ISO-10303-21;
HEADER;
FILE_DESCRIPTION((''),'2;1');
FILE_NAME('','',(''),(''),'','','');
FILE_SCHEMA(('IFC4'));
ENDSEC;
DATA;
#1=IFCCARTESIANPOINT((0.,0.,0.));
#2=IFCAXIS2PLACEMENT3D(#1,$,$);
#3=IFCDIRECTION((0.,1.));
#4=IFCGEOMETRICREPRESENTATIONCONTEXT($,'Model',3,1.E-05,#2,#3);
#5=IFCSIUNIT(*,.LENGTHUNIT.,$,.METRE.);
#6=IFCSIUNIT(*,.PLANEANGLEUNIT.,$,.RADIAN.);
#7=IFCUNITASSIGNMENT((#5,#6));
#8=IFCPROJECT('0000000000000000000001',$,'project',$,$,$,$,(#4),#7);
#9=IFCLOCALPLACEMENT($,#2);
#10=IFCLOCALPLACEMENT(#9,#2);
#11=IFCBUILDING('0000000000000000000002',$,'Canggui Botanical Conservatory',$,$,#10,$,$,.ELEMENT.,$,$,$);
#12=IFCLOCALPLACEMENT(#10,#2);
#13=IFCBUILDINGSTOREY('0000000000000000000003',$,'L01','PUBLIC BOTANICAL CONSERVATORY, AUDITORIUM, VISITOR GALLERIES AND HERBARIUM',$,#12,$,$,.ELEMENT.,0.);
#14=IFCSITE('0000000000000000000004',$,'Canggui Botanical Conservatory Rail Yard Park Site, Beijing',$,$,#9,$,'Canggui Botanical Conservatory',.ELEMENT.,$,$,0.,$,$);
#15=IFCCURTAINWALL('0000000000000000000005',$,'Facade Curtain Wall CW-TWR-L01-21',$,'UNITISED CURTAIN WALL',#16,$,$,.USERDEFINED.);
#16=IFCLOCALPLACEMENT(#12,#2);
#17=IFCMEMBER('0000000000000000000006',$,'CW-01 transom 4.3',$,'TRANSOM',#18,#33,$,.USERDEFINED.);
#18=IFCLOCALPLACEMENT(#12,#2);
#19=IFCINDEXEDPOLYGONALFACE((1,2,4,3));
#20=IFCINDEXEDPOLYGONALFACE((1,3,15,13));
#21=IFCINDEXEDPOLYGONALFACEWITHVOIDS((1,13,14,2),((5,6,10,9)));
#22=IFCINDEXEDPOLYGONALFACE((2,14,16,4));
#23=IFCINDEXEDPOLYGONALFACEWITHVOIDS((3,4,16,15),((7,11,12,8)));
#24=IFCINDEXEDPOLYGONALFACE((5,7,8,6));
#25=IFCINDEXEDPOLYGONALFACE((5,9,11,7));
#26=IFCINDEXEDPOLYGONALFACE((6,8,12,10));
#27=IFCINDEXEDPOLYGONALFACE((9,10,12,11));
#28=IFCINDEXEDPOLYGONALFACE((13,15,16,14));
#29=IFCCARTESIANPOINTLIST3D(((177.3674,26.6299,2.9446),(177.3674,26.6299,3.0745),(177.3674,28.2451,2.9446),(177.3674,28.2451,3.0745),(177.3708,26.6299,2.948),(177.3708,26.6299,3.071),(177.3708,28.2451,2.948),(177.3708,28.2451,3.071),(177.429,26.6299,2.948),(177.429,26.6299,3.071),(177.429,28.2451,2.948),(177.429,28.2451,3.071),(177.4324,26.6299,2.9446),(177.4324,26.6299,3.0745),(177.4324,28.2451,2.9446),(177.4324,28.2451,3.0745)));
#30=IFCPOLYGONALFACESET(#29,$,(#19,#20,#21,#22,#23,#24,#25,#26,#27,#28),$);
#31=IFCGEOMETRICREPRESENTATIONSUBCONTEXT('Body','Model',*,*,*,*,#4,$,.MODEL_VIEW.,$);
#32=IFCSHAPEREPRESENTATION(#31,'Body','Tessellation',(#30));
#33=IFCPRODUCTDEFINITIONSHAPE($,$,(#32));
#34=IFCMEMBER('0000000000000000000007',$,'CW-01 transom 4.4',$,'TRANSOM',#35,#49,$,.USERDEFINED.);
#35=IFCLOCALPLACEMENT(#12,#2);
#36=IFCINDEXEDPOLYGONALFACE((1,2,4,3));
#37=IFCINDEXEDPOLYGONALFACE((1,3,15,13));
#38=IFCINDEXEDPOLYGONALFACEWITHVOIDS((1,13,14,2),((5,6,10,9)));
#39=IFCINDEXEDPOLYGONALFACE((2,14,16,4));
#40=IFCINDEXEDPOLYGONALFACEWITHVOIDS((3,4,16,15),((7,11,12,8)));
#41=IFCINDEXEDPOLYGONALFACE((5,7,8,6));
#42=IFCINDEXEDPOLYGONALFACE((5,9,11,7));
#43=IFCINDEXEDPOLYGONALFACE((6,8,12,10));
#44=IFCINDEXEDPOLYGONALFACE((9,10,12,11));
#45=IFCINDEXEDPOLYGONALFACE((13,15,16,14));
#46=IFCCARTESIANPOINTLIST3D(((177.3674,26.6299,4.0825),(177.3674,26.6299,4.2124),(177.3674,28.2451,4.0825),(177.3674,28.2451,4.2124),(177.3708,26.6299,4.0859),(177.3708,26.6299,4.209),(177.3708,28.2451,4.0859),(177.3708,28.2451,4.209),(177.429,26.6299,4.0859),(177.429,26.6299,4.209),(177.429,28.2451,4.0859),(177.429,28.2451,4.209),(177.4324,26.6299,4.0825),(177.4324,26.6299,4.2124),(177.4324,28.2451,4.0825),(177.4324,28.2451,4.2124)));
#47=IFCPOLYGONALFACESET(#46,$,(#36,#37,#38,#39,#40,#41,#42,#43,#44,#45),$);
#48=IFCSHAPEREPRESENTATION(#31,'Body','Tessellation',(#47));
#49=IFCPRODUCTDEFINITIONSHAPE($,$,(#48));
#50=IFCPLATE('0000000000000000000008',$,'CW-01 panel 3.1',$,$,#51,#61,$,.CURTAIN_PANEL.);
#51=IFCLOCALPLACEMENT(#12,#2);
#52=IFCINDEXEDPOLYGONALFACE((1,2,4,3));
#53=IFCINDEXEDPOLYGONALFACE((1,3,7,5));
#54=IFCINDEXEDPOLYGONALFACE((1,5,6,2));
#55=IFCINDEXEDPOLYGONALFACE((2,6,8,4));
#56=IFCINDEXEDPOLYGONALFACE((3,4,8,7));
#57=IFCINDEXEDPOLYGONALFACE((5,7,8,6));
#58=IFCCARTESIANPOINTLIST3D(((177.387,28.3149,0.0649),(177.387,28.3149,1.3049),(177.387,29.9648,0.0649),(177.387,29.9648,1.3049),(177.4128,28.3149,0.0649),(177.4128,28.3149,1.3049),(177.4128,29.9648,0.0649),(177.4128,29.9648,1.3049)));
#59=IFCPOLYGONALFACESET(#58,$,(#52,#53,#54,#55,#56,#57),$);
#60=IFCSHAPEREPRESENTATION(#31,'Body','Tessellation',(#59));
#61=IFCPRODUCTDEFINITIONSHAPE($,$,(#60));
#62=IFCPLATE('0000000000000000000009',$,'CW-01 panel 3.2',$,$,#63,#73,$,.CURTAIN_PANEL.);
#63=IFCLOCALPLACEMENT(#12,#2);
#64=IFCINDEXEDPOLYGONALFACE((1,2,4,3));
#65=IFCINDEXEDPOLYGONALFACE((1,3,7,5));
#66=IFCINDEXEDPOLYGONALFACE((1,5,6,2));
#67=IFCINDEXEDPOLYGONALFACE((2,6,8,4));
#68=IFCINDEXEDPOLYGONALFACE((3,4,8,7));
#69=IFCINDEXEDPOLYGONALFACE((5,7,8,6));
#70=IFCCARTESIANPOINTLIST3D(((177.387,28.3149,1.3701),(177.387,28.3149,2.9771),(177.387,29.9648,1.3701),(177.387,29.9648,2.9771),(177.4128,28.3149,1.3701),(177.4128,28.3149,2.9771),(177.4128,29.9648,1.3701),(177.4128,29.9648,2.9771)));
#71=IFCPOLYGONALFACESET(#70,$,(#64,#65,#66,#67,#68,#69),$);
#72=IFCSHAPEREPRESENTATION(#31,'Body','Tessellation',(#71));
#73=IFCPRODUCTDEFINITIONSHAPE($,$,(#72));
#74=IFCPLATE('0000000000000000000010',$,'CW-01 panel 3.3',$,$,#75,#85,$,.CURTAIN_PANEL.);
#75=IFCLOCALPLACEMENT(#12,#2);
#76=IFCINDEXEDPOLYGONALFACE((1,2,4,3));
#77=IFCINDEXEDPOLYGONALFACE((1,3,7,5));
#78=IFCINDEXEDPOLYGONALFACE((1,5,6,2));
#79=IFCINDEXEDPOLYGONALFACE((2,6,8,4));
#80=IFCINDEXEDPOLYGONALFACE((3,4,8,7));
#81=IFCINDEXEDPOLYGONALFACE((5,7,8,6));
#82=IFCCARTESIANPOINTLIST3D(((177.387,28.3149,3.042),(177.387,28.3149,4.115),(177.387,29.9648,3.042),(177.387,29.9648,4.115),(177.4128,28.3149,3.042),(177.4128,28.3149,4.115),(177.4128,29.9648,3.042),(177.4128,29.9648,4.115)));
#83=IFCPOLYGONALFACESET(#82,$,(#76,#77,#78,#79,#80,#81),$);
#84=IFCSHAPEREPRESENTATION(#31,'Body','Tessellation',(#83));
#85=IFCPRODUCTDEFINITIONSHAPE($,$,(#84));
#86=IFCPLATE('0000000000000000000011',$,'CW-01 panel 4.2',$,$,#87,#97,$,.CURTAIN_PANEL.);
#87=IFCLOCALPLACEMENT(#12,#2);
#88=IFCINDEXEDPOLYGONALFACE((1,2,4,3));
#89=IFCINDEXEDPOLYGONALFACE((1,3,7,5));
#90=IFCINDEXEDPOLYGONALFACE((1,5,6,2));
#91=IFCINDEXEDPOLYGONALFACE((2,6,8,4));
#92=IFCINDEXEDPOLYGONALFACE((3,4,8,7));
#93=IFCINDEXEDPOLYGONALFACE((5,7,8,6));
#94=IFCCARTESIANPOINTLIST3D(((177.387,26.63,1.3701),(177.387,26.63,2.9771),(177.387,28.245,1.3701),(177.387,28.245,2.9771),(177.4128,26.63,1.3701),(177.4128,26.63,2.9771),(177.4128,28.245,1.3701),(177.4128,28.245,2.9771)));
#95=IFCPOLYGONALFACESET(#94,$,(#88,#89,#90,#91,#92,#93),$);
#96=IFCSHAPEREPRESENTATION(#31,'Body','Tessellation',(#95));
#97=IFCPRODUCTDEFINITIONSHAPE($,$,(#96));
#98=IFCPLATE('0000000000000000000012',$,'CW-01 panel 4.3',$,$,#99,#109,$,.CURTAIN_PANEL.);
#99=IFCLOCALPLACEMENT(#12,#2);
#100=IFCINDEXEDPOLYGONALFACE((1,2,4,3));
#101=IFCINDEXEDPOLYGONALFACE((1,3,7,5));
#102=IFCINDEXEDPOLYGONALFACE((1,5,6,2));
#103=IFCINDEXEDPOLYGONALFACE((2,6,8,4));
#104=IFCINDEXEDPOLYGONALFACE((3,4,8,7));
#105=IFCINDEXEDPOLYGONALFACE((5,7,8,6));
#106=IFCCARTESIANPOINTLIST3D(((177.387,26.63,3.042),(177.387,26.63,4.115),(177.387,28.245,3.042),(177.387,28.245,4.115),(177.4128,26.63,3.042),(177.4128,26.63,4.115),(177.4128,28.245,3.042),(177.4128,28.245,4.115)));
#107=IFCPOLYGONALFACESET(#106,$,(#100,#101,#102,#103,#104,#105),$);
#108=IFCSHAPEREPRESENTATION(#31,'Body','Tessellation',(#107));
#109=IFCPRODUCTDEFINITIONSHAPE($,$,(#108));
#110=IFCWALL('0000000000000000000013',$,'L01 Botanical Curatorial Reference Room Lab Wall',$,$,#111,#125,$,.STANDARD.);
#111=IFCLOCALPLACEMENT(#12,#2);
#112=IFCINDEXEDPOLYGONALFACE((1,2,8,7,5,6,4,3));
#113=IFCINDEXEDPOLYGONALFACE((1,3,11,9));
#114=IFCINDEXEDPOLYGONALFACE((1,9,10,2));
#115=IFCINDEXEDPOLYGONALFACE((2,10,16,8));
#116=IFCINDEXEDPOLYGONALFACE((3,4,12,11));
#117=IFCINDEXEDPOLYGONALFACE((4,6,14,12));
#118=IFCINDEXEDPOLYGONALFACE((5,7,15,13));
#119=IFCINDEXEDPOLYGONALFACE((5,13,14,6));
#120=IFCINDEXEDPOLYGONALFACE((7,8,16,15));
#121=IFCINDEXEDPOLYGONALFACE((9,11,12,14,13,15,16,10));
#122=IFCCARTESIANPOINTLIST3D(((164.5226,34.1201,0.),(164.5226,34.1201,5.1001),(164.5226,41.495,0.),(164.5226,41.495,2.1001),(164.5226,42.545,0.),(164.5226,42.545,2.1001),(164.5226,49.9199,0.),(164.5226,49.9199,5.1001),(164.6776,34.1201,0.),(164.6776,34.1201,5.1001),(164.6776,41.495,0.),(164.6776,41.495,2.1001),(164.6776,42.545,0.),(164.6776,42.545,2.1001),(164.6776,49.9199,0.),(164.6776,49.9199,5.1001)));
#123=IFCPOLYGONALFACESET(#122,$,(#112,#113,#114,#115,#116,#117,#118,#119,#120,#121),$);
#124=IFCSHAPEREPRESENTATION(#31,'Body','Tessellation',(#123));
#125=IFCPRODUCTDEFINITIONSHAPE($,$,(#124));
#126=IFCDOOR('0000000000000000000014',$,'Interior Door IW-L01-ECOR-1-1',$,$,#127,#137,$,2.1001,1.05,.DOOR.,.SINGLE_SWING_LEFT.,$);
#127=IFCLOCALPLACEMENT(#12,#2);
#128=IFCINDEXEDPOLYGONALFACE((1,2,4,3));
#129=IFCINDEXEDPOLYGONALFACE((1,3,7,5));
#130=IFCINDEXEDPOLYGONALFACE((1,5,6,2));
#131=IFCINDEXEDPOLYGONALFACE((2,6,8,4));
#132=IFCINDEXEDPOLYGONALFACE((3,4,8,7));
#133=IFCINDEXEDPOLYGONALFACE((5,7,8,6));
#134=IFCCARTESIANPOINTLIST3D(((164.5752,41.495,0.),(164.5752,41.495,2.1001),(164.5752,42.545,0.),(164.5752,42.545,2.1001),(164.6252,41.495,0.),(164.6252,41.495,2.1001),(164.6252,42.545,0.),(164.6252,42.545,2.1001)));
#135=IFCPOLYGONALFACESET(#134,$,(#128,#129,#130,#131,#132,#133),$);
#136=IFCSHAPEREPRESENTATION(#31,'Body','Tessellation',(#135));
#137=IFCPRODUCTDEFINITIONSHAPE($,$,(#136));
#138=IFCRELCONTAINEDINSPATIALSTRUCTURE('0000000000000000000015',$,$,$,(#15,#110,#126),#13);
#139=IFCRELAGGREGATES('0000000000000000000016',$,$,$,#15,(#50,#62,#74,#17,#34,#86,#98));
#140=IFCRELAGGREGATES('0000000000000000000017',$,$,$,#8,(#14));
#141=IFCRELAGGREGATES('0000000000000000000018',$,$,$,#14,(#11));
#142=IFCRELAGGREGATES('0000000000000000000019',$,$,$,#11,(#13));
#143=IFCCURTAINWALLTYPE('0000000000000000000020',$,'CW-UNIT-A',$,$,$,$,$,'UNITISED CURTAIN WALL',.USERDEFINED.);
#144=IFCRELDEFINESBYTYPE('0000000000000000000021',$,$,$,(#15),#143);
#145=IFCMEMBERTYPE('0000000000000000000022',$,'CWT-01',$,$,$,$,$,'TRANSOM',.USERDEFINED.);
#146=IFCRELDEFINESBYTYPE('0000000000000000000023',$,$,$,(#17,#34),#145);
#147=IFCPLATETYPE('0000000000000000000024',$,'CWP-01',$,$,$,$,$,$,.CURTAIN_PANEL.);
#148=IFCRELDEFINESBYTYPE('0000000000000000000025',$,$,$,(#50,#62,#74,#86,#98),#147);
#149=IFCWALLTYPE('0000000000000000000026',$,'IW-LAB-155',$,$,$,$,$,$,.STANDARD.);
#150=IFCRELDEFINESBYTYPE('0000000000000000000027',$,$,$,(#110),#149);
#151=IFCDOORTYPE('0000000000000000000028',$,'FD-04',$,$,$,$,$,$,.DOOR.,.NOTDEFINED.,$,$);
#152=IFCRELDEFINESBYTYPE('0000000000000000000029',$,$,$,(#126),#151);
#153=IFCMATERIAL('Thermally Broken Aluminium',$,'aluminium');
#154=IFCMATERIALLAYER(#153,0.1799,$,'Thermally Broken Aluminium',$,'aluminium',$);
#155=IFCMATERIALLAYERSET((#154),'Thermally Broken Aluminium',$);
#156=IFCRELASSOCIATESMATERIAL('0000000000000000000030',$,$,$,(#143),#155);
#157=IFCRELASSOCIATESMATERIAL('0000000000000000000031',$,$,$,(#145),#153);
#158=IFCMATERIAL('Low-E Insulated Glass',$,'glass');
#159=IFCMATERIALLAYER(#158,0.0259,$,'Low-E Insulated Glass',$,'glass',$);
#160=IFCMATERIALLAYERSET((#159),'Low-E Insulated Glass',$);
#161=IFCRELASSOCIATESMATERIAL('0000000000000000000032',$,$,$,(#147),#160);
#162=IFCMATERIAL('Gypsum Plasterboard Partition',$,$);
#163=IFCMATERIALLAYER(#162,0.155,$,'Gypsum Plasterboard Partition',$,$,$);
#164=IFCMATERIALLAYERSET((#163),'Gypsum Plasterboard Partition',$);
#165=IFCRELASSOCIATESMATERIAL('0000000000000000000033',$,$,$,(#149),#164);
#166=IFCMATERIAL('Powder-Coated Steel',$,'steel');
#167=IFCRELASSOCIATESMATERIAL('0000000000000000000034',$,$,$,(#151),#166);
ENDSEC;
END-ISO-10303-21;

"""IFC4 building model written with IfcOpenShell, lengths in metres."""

from ifc_helpers import new_model, si_unit, direction, frame, frame_2d, origin, origin_2d, place, context, subcontext, project, spatial, rectangle, hollow_rectangle, extrude, material, layer, layer_set, material_profile, profile_set, type_object, element, fill, aggregate, save


model = new_model("IFC4")

# Units and contexts
model_context = context("Model", 3, precision=1e-05, world=origin(), true_north=direction((0.0, 1.0)))
body_context = subcontext(model_context, "Body", "Model", "MODEL_VIEW")
ifc_project = project(units=[si_unit("LENGTHUNIT", "METRE"), si_unit("PLANEANGLEUNIT", "RADIAN")], contexts=[model_context])

# Site, building, storey
site_placement = place(None, origin())
site = spatial("IfcSite", under=ifc_project, at=site_placement, Name="Canggui Botanical Conservatory Rail Yard Park Site, Beijing", LongName="Canggui Botanical Conservatory", CompositionType="ELEMENT", RefElevation=0.0)
building_placement = place(site_placement, origin())
building = spatial("IfcBuilding", under=site, at=building_placement, Name="Canggui Botanical Conservatory", CompositionType="ELEMENT")
storey_placement = place(building_placement, origin())
storey = spatial("IfcBuildingStorey", under=building, at=storey_placement, Name="L01", Description="PUBLIC BOTANICAL CONSERVATORY, AUDITORIUM, VISITOR GALLERIES AND HERBARIUM", CompositionType="ELEMENT", Elevation=0.0)

# Curtain wall, members, plates
ifc_material_1 = material(Name="Thermally Broken Aluminium", Category="aluminium")
ifc_layer_1 = layer(ifc_material_1, 0.1799, Name="Thermally Broken Aluminium", Category="aluminium")
ifc_layer_set_1 = layer_set([ifc_layer_1], Name="Thermally Broken Aluminium")
curtain_wall_type = type_object("IfcCurtainWallType", Name="CW-UNIT-A", ElementType="UNITISED CURTAIN WALL", PredefinedType="USERDEFINED", material=ifc_layer_set_1)
curtain_wall_placement = place(storey_placement, origin())
curtain_wall = element("IfcCurtainWall", 1, at=curtain_wall_placement, inside=storey, type_object=curtain_wall_type, Name="Facade Curtain Wall CW-TWR-L01-21", ObjectType="UNITISED CURTAIN WALL", PredefinedType="USERDEFINED")
ifc_material_profile_1 = material_profile(ifc_material_1, hollow_rectangle(XDim=0.0649, YDim=0.1299, WallThickness=0.0034, at=origin_2d()), Name="CWT 65x130x3.5")
ifc_profile_set_1 = profile_set([ifc_material_profile_1], Name="Thermally Broken Aluminium")
member_type_1 = type_object("IfcMemberType", Name="CWT-01", ElementType="TRANSOM", PredefinedType="USERDEFINED", material=ifc_profile_set_1)
member_1_placement = place(storey_placement, frame((177.3999, 28.2451, 3.0095), z_axis=(0.0, -1.0, 0.0), x_axis=(1.0, 0.0, 0.0)))
member_1 = element("IfcMember", 2, at=member_1_placement, type_object=member_type_1, Name="CW-01 transom 4.3", ObjectType="TRANSOM", PredefinedType="USERDEFINED", context=body_context, shape_type="SweptSolid", body=[
    extrude(hollow_rectangle(XDim=0.0649, YDim=0.1299, WallThickness=0.0034, at=origin_2d()), origin(), (0.0, 0.0, 1.0), 1.6152),
])
member_2_placement = place(storey_placement, frame((177.3999, 28.2451, 4.1475), z_axis=(0.0, -1.0, 0.0), x_axis=(1.0, 0.0, 0.0)))
member_2 = element("IfcMember", 3, at=member_2_placement, type_object=member_type_1, Name="CW-01 transom 4.4", ObjectType="TRANSOM", PredefinedType="USERDEFINED", context=body_context, shape_type="SweptSolid", body=[
    extrude(hollow_rectangle(XDim=0.0649, YDim=0.1299, WallThickness=0.0034, at=origin_2d()), origin(), (0.0, 0.0, 1.0), 1.6152),
])
ifc_material_2 = material(Name="Low-E Insulated Glass", Category="glass")
ifc_layer_2 = layer(ifc_material_2, 0.0259, Name="Low-E Insulated Glass", Category="glass")
ifc_layer_set_2 = layer_set([ifc_layer_2], Name="Low-E Insulated Glass")
plate_type = type_object("IfcPlateType", Name="CWP-01", PredefinedType="CURTAIN_PANEL", material=ifc_layer_set_2)
plate_1_placement = place(storey_placement, frame((177.3999, 29.1399, 0.0649), z_axis=(0.0, 0.0, 1.0), x_axis=(0.0, -1.0, 0.0)))
plate_1 = element("IfcPlate", 4, at=plate_1_placement, type_object=plate_type, Name="CW-01 panel 3.1", PredefinedType="CURTAIN_PANEL", context=body_context, shape_type="SweptSolid", body=[
    extrude(rectangle(XDim=1.6499, YDim=0.0259, at=origin_2d()), origin(), (0.0, 0.0, 1.0), 1.24),
])
plate_2_placement = place(storey_placement, frame((177.3999, 29.1399, 1.3701), z_axis=(0.0, 0.0, 1.0), x_axis=(0.0, -1.0, 0.0)))
plate_2 = element("IfcPlate", 5, at=plate_2_placement, type_object=plate_type, Name="CW-01 panel 3.2", PredefinedType="CURTAIN_PANEL", context=body_context, shape_type="SweptSolid", body=[
    extrude(rectangle(XDim=1.6499, YDim=0.0259, at=origin_2d()), origin(), (0.0, 0.0, 1.0), 1.6069),
])
plate_3_placement = place(storey_placement, frame((177.3999, 29.1399, 3.042), z_axis=(0.0, 0.0, 1.0), x_axis=(0.0, -1.0, 0.0)))
plate_3 = element("IfcPlate", 6, at=plate_3_placement, type_object=plate_type, Name="CW-01 panel 3.3", PredefinedType="CURTAIN_PANEL", context=body_context, shape_type="SweptSolid", body=[
    extrude(rectangle(XDim=1.6499, YDim=0.0259, at=origin_2d()), origin(), (0.0, 0.0, 1.0), 1.073),
])
plate_4_placement = place(storey_placement, frame((177.3999, 27.4375, 1.3701), z_axis=(0.0, 0.0, 1.0), x_axis=(0.0, -1.0, 0.0)))
plate_4 = element("IfcPlate", 7, at=plate_4_placement, type_object=plate_type, Name="CW-01 panel 4.2", PredefinedType="CURTAIN_PANEL", context=body_context, shape_type="SweptSolid", body=[
    extrude(rectangle(XDim=1.615, YDim=0.0259, at=origin_2d()), origin(), (0.0, 0.0, 1.0), 1.6069),
])
plate_5_placement = place(storey_placement, frame((177.3999, 27.4375, 3.042), z_axis=(0.0, 0.0, 1.0), x_axis=(0.0, -1.0, 0.0)))
plate_5 = element("IfcPlate", 8, at=plate_5_placement, type_object=plate_type, Name="CW-01 panel 4.3", PredefinedType="CURTAIN_PANEL", context=body_context, shape_type="SweptSolid", body=[
    extrude(rectangle(XDim=1.615, YDim=0.0259, at=origin_2d()), origin(), (0.0, 0.0, 1.0), 1.073),
])
aggregate(curtain_wall, [plate_1, plate_2, plate_3, member_1, member_2, plate_4, plate_5])

# Wall, opening, door
ifc_material_3 = material(Name="Gypsum Plasterboard Partition")
ifc_layer_3 = layer(ifc_material_3, 0.155, Name="Gypsum Plasterboard Partition")
ifc_layer_set_3 = layer_set([ifc_layer_3], Name="Gypsum Plasterboard Partition")
wall_type = type_object("IfcWallType", Name="IW-LAB-155", PredefinedType="STANDARD", material=ifc_layer_set_3)
wall_placement = place(storey_placement, frame((164.6001, 34.1201, 0.0), z_axis=(0.0, 0.0, 1.0), x_axis=(0.0, 1.0, 0.0)))
wall = element("IfcWall", 9, at=wall_placement, inside=storey, type_object=wall_type, Name="L01 Botanical Curatorial Reference Room Lab Wall", PredefinedType="STANDARD", context=body_context, shape_type="SweptSolid", body=[
    extrude(rectangle(XDim=15.7998, YDim=0.155, at=frame_2d((7.8999, 0.0))), origin(), (0.0, 0.0, 1.0), 5.1001),
])
opening_placement = place(wall_placement, frame((7.375, 0.0, 0.0)))
opening = element("IfcOpeningElement", 10, at=opening_placement, cuts=wall, PredefinedType="OPENING", context=body_context, shape_type="SweptSolid", body=[
    extrude(rectangle(XDim=1.05, YDim=2.1001, at=frame_2d((0.5249, 1.05))), frame((0.0, 0.0874, 0.0), z_axis=(0.0, -1.0, 0.0), x_axis=(1.0, 0.0, 0.0)), (0.0, 0.0, 1.0), 0.175),
])
ifc_material_4 = material(Name="Powder-Coated Steel", Category="steel")
door_type = type_object("IfcDoorType", Name="FD-04", OperationType="NOTDEFINED", PredefinedType="DOOR", material=ifc_material_4)
door_placement = place(opening_placement, origin())
door = element("IfcDoor", 11, at=door_placement, inside=storey, type_object=door_type, Name="Interior Door IW-L01-ECOR-1-1", OperationType="SINGLE_SWING_LEFT", OverallHeight=2.1001, OverallWidth=1.05, PredefinedType="DOOR", context=body_context, shape_type="SweptSolid", body=[
    extrude(rectangle(XDim=1.05, YDim=2.1001, at=frame_2d((0.5249, 1.05))), frame((0.0, 0.0249, 0.0), z_axis=(0.0, -1.0, 0.0), x_axis=(1.0, 0.0, 0.0)), (0.0, 0.0, 1.0), 0.05),
])
fill(opening, door)

save(model, "model.ifc")
